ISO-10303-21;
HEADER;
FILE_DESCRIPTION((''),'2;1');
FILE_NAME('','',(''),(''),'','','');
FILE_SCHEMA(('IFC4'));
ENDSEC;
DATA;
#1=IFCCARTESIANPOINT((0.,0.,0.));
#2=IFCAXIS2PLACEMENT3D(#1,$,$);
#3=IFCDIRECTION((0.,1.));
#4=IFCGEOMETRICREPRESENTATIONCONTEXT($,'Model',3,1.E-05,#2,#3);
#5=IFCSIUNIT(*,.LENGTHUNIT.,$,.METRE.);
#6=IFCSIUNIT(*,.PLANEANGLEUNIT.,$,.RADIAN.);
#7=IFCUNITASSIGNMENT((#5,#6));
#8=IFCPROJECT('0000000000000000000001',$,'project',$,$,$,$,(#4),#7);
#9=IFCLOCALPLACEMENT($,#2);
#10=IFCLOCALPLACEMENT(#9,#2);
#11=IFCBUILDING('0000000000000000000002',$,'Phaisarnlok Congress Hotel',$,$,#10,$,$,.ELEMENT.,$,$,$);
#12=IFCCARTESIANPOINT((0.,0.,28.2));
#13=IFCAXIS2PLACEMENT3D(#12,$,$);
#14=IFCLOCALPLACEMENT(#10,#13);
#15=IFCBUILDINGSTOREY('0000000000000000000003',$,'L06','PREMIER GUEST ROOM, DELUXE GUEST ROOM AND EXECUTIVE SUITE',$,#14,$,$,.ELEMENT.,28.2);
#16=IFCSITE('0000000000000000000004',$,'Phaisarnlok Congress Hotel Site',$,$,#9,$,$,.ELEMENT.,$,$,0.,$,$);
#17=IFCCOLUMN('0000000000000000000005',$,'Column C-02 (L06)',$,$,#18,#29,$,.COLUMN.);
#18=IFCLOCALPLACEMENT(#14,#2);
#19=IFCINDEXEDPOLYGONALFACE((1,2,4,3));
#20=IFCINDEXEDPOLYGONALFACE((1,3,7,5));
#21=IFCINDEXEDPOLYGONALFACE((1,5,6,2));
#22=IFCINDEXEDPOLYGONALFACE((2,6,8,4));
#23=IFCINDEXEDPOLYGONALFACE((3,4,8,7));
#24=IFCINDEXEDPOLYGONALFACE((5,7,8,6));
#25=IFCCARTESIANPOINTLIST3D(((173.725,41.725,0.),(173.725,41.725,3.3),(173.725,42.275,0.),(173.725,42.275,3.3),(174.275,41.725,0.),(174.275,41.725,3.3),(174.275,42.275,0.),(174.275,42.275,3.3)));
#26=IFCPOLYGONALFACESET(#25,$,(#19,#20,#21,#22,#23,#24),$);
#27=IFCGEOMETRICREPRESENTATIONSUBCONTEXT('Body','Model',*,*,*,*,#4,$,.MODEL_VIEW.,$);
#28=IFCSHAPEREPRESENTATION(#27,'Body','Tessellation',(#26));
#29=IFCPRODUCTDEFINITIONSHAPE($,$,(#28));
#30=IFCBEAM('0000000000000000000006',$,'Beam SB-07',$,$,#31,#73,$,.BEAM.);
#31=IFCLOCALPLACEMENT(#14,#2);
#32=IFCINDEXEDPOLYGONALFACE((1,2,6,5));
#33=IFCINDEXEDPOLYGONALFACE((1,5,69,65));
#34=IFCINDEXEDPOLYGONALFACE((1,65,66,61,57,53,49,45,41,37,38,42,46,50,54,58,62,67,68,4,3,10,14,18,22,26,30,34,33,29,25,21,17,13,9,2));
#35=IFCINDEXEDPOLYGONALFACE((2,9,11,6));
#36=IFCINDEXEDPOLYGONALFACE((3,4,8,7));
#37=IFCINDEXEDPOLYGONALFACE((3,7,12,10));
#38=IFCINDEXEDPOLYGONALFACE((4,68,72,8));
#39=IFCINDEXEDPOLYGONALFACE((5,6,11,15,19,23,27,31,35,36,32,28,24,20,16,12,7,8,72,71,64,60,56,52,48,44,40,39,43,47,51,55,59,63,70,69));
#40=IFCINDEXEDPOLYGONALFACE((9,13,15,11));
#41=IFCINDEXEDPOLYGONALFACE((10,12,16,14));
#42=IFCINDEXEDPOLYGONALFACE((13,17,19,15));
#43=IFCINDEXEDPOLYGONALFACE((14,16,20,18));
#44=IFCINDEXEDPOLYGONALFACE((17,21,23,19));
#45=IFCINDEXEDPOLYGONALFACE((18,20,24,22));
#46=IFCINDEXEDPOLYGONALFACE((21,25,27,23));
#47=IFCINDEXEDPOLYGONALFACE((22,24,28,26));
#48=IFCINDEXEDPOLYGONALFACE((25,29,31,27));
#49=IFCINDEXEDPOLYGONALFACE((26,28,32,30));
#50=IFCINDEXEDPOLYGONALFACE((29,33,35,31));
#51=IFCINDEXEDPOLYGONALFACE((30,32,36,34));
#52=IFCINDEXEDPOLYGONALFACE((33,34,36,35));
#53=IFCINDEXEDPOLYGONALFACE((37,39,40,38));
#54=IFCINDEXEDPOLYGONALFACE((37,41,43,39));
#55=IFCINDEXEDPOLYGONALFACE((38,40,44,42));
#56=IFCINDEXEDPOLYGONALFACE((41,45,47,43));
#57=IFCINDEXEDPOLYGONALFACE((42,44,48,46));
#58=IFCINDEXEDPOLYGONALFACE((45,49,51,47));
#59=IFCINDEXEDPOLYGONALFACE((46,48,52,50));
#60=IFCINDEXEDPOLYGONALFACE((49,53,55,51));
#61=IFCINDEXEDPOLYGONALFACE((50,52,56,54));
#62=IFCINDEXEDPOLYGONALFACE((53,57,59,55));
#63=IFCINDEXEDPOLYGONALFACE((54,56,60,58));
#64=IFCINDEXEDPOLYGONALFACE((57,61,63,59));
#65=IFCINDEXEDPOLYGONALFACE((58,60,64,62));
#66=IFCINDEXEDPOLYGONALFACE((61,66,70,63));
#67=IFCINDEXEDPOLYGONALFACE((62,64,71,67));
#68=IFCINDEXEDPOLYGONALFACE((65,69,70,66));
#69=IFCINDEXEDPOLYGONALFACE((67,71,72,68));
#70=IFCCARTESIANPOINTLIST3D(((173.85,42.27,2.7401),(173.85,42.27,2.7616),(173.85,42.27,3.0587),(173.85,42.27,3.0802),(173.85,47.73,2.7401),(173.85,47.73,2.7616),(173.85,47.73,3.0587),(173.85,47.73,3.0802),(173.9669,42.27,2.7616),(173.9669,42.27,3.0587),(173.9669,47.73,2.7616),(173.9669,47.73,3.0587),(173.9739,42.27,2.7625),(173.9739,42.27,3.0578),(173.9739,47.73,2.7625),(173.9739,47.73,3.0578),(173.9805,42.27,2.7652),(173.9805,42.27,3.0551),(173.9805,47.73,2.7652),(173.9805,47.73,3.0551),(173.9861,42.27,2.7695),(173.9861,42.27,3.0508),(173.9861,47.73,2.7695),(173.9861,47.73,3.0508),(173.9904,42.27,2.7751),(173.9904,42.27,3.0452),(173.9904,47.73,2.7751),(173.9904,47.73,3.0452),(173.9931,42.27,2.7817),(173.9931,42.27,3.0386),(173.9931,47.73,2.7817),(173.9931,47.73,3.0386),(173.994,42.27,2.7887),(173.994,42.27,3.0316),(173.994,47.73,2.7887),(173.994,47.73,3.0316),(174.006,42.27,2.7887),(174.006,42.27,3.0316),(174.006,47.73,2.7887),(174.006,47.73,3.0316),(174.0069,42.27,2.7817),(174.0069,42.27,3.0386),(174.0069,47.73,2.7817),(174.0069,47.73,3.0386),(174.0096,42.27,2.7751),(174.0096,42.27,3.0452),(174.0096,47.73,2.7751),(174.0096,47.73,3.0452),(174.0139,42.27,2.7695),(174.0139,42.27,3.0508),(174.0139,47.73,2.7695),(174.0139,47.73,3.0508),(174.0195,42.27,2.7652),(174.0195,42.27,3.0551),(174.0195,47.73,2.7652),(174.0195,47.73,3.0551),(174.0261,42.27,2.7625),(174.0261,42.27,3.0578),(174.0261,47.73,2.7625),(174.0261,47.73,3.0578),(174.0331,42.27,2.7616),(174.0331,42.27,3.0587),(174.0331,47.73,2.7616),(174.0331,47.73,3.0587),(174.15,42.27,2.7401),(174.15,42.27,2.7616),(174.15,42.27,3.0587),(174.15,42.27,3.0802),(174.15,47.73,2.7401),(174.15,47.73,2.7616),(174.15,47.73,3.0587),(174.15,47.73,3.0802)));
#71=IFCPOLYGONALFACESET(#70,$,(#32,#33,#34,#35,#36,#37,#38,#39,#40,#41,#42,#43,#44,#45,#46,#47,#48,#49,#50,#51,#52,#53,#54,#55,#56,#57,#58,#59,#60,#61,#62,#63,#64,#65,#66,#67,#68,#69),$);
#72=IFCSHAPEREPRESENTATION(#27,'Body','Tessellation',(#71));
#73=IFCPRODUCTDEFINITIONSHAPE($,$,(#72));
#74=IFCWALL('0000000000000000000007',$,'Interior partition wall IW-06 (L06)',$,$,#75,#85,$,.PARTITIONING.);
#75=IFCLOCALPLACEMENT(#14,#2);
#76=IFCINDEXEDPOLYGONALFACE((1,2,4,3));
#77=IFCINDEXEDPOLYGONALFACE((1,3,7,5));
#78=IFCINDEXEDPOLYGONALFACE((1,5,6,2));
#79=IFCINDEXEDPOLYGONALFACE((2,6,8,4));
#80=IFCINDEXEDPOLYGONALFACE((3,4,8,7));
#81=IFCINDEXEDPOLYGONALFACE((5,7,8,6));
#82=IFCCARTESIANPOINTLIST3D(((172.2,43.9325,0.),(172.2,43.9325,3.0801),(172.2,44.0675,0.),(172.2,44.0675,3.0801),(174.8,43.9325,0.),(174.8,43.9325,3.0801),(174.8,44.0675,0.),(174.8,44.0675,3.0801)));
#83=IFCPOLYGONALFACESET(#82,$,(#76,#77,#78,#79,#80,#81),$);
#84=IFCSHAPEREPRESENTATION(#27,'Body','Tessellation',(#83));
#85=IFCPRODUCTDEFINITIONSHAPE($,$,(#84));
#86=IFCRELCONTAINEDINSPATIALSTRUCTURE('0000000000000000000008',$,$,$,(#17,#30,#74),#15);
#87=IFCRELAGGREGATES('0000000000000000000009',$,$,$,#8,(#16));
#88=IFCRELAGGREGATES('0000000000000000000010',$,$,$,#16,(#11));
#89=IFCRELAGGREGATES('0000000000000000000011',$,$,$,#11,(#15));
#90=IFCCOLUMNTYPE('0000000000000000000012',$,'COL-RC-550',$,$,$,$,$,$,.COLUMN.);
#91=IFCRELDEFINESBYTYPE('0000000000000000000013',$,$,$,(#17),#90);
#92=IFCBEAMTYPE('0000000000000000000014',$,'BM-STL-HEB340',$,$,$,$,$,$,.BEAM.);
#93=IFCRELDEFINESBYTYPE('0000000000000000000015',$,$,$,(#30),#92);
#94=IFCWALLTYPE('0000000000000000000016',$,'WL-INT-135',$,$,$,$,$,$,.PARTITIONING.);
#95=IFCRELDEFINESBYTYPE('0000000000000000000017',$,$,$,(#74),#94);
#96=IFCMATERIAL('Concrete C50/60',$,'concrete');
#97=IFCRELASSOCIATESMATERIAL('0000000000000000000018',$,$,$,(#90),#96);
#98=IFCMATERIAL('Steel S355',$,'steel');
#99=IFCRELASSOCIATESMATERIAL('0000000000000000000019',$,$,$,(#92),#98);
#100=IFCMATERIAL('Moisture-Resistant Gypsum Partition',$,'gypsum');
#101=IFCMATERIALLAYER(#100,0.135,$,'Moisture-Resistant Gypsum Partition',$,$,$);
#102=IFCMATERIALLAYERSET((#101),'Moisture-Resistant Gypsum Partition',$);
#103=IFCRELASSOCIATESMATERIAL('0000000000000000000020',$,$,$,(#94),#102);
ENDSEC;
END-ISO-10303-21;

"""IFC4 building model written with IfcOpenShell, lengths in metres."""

from ifc_helpers import new_model, si_unit, direction, frame, frame_2d, origin, origin_2d, place, context, subcontext, project, spatial, rectangle, i_section, extrude, material, layer, layer_set, material_profile, profile_set, type_object, element, save


model = new_model("IFC4")

# Units and contexts
model_context = context("Model", 3, precision=1e-05, world=origin(), true_north=direction((0.0, 1.0)))
body_context = subcontext(model_context, "Body", "Model", "MODEL_VIEW")
ifc_project = project(units=[si_unit("LENGTHUNIT", "METRE"), si_unit("PLANEANGLEUNIT", "RADIAN")], contexts=[model_context])

# Site, building, storey
site_placement = place(None, origin())
site = spatial("IfcSite", under=ifc_project, at=site_placement, Name="Phaisarnlok Congress Hotel Site", CompositionType="ELEMENT", RefElevation=0.0)
building_placement = place(site_placement, origin())
building = spatial("IfcBuilding", under=site, at=building_placement, Name="Phaisarnlok Congress Hotel", CompositionType="ELEMENT")
storey_placement = place(building_placement, frame((0.0, 0.0, 28.2)))
storey = spatial("IfcBuildingStorey", under=building, at=storey_placement, Name="L06", Description="PREMIER GUEST ROOM, DELUXE GUEST ROOM AND EXECUTIVE SUITE", CompositionType="ELEMENT", Elevation=28.2)

# Column
ifc_material_1 = material(Name="Concrete C50/60", Category="concrete")
ifc_material_profile_1 = material_profile(ifc_material_1, rectangle(XDim=0.55, YDim=0.55, at=origin_2d()), Name="RC 550x550")
ifc_profile_set_1 = profile_set([ifc_material_profile_1], Name="Concrete C50/60")
column_type = type_object("IfcColumnType", Name="COL-RC-550", PredefinedType="COLUMN", material=ifc_profile_set_1)
column_placement = place(storey_placement, frame((174.0, 42.0, 0.0), z_axis=(0.0, 0.0, 1.0), x_axis=(1.0, 0.0, 0.0)))
element("IfcColumn", 1, at=column_placement, inside=storey, type_object=column_type, Name="Column C-02 (L06)", PredefinedType="COLUMN", context=body_context, shape_type="SweptSolid", body=[
    extrude(rectangle(XDim=0.55, YDim=0.55, at=origin_2d()), origin(), (0.0, 0.0, 1.0), 3.3),
])

# Beam
ifc_material_2 = material(Name="Steel S355", Category="steel")
ifc_material_profile_2 = material_profile(ifc_material_2, i_section(OverallWidth=0.3, OverallDepth=0.3401, WebThickness=0.012, FlangeThickness=0.0215, FilletRadius=0.0271, at=origin_2d()), Name="HEB 340")
ifc_profile_set_2 = profile_set([ifc_material_profile_2], Name="Steel S355")
beam_type = type_object("IfcBeamType", Name="BM-STL-HEB340", PredefinedType="BEAM", material=ifc_profile_set_2)
beam_placement = place(storey_placement, frame((174.0, 42.27, 2.9102), z_axis=(0.0, 1.0, 0.0), x_axis=(-1.0, 0.0, 0.0)))
element("IfcBeam", 2, at=beam_placement, inside=storey, type_object=beam_type, Name="Beam SB-07", PredefinedType="BEAM", context=body_context, shape_type="SweptSolid", body=[
    extrude(i_section(OverallWidth=0.3, OverallDepth=0.3401, WebThickness=0.012, FlangeThickness=0.0215, FilletRadius=0.0271, at=origin_2d()), origin(), (0.0, 0.0, 1.0), 5.46),
])

# Wall
ifc_material_3 = material(Name="Moisture-Resistant Gypsum Partition", Category="gypsum")
ifc_layer = layer(ifc_material_3, 0.135, Name="Moisture-Resistant Gypsum Partition")
ifc_layer_set = layer_set([ifc_layer], Name="Moisture-Resistant Gypsum Partition")
wall_type = type_object("IfcWallType", Name="WL-INT-135", PredefinedType="PARTITIONING", material=ifc_layer_set)
wall_placement = place(storey_placement, frame((172.2, 44.0, 0.0), z_axis=(0.0, 0.0, 1.0), x_axis=(1.0, 0.0, 0.0)))
element("IfcWall", 3, at=wall_placement, inside=storey, type_object=wall_type, Name="Interior partition wall IW-06 (L06)", PredefinedType="PARTITIONING", context=body_context, shape_type="SweptSolid", body=[
    extrude(rectangle(XDim=2.6001, YDim=0.135, at=frame_2d((1.3, 0.0))), origin(), (0.0, 0.0, 1.0), 3.0801),
])

save(model, "model.ifc")
